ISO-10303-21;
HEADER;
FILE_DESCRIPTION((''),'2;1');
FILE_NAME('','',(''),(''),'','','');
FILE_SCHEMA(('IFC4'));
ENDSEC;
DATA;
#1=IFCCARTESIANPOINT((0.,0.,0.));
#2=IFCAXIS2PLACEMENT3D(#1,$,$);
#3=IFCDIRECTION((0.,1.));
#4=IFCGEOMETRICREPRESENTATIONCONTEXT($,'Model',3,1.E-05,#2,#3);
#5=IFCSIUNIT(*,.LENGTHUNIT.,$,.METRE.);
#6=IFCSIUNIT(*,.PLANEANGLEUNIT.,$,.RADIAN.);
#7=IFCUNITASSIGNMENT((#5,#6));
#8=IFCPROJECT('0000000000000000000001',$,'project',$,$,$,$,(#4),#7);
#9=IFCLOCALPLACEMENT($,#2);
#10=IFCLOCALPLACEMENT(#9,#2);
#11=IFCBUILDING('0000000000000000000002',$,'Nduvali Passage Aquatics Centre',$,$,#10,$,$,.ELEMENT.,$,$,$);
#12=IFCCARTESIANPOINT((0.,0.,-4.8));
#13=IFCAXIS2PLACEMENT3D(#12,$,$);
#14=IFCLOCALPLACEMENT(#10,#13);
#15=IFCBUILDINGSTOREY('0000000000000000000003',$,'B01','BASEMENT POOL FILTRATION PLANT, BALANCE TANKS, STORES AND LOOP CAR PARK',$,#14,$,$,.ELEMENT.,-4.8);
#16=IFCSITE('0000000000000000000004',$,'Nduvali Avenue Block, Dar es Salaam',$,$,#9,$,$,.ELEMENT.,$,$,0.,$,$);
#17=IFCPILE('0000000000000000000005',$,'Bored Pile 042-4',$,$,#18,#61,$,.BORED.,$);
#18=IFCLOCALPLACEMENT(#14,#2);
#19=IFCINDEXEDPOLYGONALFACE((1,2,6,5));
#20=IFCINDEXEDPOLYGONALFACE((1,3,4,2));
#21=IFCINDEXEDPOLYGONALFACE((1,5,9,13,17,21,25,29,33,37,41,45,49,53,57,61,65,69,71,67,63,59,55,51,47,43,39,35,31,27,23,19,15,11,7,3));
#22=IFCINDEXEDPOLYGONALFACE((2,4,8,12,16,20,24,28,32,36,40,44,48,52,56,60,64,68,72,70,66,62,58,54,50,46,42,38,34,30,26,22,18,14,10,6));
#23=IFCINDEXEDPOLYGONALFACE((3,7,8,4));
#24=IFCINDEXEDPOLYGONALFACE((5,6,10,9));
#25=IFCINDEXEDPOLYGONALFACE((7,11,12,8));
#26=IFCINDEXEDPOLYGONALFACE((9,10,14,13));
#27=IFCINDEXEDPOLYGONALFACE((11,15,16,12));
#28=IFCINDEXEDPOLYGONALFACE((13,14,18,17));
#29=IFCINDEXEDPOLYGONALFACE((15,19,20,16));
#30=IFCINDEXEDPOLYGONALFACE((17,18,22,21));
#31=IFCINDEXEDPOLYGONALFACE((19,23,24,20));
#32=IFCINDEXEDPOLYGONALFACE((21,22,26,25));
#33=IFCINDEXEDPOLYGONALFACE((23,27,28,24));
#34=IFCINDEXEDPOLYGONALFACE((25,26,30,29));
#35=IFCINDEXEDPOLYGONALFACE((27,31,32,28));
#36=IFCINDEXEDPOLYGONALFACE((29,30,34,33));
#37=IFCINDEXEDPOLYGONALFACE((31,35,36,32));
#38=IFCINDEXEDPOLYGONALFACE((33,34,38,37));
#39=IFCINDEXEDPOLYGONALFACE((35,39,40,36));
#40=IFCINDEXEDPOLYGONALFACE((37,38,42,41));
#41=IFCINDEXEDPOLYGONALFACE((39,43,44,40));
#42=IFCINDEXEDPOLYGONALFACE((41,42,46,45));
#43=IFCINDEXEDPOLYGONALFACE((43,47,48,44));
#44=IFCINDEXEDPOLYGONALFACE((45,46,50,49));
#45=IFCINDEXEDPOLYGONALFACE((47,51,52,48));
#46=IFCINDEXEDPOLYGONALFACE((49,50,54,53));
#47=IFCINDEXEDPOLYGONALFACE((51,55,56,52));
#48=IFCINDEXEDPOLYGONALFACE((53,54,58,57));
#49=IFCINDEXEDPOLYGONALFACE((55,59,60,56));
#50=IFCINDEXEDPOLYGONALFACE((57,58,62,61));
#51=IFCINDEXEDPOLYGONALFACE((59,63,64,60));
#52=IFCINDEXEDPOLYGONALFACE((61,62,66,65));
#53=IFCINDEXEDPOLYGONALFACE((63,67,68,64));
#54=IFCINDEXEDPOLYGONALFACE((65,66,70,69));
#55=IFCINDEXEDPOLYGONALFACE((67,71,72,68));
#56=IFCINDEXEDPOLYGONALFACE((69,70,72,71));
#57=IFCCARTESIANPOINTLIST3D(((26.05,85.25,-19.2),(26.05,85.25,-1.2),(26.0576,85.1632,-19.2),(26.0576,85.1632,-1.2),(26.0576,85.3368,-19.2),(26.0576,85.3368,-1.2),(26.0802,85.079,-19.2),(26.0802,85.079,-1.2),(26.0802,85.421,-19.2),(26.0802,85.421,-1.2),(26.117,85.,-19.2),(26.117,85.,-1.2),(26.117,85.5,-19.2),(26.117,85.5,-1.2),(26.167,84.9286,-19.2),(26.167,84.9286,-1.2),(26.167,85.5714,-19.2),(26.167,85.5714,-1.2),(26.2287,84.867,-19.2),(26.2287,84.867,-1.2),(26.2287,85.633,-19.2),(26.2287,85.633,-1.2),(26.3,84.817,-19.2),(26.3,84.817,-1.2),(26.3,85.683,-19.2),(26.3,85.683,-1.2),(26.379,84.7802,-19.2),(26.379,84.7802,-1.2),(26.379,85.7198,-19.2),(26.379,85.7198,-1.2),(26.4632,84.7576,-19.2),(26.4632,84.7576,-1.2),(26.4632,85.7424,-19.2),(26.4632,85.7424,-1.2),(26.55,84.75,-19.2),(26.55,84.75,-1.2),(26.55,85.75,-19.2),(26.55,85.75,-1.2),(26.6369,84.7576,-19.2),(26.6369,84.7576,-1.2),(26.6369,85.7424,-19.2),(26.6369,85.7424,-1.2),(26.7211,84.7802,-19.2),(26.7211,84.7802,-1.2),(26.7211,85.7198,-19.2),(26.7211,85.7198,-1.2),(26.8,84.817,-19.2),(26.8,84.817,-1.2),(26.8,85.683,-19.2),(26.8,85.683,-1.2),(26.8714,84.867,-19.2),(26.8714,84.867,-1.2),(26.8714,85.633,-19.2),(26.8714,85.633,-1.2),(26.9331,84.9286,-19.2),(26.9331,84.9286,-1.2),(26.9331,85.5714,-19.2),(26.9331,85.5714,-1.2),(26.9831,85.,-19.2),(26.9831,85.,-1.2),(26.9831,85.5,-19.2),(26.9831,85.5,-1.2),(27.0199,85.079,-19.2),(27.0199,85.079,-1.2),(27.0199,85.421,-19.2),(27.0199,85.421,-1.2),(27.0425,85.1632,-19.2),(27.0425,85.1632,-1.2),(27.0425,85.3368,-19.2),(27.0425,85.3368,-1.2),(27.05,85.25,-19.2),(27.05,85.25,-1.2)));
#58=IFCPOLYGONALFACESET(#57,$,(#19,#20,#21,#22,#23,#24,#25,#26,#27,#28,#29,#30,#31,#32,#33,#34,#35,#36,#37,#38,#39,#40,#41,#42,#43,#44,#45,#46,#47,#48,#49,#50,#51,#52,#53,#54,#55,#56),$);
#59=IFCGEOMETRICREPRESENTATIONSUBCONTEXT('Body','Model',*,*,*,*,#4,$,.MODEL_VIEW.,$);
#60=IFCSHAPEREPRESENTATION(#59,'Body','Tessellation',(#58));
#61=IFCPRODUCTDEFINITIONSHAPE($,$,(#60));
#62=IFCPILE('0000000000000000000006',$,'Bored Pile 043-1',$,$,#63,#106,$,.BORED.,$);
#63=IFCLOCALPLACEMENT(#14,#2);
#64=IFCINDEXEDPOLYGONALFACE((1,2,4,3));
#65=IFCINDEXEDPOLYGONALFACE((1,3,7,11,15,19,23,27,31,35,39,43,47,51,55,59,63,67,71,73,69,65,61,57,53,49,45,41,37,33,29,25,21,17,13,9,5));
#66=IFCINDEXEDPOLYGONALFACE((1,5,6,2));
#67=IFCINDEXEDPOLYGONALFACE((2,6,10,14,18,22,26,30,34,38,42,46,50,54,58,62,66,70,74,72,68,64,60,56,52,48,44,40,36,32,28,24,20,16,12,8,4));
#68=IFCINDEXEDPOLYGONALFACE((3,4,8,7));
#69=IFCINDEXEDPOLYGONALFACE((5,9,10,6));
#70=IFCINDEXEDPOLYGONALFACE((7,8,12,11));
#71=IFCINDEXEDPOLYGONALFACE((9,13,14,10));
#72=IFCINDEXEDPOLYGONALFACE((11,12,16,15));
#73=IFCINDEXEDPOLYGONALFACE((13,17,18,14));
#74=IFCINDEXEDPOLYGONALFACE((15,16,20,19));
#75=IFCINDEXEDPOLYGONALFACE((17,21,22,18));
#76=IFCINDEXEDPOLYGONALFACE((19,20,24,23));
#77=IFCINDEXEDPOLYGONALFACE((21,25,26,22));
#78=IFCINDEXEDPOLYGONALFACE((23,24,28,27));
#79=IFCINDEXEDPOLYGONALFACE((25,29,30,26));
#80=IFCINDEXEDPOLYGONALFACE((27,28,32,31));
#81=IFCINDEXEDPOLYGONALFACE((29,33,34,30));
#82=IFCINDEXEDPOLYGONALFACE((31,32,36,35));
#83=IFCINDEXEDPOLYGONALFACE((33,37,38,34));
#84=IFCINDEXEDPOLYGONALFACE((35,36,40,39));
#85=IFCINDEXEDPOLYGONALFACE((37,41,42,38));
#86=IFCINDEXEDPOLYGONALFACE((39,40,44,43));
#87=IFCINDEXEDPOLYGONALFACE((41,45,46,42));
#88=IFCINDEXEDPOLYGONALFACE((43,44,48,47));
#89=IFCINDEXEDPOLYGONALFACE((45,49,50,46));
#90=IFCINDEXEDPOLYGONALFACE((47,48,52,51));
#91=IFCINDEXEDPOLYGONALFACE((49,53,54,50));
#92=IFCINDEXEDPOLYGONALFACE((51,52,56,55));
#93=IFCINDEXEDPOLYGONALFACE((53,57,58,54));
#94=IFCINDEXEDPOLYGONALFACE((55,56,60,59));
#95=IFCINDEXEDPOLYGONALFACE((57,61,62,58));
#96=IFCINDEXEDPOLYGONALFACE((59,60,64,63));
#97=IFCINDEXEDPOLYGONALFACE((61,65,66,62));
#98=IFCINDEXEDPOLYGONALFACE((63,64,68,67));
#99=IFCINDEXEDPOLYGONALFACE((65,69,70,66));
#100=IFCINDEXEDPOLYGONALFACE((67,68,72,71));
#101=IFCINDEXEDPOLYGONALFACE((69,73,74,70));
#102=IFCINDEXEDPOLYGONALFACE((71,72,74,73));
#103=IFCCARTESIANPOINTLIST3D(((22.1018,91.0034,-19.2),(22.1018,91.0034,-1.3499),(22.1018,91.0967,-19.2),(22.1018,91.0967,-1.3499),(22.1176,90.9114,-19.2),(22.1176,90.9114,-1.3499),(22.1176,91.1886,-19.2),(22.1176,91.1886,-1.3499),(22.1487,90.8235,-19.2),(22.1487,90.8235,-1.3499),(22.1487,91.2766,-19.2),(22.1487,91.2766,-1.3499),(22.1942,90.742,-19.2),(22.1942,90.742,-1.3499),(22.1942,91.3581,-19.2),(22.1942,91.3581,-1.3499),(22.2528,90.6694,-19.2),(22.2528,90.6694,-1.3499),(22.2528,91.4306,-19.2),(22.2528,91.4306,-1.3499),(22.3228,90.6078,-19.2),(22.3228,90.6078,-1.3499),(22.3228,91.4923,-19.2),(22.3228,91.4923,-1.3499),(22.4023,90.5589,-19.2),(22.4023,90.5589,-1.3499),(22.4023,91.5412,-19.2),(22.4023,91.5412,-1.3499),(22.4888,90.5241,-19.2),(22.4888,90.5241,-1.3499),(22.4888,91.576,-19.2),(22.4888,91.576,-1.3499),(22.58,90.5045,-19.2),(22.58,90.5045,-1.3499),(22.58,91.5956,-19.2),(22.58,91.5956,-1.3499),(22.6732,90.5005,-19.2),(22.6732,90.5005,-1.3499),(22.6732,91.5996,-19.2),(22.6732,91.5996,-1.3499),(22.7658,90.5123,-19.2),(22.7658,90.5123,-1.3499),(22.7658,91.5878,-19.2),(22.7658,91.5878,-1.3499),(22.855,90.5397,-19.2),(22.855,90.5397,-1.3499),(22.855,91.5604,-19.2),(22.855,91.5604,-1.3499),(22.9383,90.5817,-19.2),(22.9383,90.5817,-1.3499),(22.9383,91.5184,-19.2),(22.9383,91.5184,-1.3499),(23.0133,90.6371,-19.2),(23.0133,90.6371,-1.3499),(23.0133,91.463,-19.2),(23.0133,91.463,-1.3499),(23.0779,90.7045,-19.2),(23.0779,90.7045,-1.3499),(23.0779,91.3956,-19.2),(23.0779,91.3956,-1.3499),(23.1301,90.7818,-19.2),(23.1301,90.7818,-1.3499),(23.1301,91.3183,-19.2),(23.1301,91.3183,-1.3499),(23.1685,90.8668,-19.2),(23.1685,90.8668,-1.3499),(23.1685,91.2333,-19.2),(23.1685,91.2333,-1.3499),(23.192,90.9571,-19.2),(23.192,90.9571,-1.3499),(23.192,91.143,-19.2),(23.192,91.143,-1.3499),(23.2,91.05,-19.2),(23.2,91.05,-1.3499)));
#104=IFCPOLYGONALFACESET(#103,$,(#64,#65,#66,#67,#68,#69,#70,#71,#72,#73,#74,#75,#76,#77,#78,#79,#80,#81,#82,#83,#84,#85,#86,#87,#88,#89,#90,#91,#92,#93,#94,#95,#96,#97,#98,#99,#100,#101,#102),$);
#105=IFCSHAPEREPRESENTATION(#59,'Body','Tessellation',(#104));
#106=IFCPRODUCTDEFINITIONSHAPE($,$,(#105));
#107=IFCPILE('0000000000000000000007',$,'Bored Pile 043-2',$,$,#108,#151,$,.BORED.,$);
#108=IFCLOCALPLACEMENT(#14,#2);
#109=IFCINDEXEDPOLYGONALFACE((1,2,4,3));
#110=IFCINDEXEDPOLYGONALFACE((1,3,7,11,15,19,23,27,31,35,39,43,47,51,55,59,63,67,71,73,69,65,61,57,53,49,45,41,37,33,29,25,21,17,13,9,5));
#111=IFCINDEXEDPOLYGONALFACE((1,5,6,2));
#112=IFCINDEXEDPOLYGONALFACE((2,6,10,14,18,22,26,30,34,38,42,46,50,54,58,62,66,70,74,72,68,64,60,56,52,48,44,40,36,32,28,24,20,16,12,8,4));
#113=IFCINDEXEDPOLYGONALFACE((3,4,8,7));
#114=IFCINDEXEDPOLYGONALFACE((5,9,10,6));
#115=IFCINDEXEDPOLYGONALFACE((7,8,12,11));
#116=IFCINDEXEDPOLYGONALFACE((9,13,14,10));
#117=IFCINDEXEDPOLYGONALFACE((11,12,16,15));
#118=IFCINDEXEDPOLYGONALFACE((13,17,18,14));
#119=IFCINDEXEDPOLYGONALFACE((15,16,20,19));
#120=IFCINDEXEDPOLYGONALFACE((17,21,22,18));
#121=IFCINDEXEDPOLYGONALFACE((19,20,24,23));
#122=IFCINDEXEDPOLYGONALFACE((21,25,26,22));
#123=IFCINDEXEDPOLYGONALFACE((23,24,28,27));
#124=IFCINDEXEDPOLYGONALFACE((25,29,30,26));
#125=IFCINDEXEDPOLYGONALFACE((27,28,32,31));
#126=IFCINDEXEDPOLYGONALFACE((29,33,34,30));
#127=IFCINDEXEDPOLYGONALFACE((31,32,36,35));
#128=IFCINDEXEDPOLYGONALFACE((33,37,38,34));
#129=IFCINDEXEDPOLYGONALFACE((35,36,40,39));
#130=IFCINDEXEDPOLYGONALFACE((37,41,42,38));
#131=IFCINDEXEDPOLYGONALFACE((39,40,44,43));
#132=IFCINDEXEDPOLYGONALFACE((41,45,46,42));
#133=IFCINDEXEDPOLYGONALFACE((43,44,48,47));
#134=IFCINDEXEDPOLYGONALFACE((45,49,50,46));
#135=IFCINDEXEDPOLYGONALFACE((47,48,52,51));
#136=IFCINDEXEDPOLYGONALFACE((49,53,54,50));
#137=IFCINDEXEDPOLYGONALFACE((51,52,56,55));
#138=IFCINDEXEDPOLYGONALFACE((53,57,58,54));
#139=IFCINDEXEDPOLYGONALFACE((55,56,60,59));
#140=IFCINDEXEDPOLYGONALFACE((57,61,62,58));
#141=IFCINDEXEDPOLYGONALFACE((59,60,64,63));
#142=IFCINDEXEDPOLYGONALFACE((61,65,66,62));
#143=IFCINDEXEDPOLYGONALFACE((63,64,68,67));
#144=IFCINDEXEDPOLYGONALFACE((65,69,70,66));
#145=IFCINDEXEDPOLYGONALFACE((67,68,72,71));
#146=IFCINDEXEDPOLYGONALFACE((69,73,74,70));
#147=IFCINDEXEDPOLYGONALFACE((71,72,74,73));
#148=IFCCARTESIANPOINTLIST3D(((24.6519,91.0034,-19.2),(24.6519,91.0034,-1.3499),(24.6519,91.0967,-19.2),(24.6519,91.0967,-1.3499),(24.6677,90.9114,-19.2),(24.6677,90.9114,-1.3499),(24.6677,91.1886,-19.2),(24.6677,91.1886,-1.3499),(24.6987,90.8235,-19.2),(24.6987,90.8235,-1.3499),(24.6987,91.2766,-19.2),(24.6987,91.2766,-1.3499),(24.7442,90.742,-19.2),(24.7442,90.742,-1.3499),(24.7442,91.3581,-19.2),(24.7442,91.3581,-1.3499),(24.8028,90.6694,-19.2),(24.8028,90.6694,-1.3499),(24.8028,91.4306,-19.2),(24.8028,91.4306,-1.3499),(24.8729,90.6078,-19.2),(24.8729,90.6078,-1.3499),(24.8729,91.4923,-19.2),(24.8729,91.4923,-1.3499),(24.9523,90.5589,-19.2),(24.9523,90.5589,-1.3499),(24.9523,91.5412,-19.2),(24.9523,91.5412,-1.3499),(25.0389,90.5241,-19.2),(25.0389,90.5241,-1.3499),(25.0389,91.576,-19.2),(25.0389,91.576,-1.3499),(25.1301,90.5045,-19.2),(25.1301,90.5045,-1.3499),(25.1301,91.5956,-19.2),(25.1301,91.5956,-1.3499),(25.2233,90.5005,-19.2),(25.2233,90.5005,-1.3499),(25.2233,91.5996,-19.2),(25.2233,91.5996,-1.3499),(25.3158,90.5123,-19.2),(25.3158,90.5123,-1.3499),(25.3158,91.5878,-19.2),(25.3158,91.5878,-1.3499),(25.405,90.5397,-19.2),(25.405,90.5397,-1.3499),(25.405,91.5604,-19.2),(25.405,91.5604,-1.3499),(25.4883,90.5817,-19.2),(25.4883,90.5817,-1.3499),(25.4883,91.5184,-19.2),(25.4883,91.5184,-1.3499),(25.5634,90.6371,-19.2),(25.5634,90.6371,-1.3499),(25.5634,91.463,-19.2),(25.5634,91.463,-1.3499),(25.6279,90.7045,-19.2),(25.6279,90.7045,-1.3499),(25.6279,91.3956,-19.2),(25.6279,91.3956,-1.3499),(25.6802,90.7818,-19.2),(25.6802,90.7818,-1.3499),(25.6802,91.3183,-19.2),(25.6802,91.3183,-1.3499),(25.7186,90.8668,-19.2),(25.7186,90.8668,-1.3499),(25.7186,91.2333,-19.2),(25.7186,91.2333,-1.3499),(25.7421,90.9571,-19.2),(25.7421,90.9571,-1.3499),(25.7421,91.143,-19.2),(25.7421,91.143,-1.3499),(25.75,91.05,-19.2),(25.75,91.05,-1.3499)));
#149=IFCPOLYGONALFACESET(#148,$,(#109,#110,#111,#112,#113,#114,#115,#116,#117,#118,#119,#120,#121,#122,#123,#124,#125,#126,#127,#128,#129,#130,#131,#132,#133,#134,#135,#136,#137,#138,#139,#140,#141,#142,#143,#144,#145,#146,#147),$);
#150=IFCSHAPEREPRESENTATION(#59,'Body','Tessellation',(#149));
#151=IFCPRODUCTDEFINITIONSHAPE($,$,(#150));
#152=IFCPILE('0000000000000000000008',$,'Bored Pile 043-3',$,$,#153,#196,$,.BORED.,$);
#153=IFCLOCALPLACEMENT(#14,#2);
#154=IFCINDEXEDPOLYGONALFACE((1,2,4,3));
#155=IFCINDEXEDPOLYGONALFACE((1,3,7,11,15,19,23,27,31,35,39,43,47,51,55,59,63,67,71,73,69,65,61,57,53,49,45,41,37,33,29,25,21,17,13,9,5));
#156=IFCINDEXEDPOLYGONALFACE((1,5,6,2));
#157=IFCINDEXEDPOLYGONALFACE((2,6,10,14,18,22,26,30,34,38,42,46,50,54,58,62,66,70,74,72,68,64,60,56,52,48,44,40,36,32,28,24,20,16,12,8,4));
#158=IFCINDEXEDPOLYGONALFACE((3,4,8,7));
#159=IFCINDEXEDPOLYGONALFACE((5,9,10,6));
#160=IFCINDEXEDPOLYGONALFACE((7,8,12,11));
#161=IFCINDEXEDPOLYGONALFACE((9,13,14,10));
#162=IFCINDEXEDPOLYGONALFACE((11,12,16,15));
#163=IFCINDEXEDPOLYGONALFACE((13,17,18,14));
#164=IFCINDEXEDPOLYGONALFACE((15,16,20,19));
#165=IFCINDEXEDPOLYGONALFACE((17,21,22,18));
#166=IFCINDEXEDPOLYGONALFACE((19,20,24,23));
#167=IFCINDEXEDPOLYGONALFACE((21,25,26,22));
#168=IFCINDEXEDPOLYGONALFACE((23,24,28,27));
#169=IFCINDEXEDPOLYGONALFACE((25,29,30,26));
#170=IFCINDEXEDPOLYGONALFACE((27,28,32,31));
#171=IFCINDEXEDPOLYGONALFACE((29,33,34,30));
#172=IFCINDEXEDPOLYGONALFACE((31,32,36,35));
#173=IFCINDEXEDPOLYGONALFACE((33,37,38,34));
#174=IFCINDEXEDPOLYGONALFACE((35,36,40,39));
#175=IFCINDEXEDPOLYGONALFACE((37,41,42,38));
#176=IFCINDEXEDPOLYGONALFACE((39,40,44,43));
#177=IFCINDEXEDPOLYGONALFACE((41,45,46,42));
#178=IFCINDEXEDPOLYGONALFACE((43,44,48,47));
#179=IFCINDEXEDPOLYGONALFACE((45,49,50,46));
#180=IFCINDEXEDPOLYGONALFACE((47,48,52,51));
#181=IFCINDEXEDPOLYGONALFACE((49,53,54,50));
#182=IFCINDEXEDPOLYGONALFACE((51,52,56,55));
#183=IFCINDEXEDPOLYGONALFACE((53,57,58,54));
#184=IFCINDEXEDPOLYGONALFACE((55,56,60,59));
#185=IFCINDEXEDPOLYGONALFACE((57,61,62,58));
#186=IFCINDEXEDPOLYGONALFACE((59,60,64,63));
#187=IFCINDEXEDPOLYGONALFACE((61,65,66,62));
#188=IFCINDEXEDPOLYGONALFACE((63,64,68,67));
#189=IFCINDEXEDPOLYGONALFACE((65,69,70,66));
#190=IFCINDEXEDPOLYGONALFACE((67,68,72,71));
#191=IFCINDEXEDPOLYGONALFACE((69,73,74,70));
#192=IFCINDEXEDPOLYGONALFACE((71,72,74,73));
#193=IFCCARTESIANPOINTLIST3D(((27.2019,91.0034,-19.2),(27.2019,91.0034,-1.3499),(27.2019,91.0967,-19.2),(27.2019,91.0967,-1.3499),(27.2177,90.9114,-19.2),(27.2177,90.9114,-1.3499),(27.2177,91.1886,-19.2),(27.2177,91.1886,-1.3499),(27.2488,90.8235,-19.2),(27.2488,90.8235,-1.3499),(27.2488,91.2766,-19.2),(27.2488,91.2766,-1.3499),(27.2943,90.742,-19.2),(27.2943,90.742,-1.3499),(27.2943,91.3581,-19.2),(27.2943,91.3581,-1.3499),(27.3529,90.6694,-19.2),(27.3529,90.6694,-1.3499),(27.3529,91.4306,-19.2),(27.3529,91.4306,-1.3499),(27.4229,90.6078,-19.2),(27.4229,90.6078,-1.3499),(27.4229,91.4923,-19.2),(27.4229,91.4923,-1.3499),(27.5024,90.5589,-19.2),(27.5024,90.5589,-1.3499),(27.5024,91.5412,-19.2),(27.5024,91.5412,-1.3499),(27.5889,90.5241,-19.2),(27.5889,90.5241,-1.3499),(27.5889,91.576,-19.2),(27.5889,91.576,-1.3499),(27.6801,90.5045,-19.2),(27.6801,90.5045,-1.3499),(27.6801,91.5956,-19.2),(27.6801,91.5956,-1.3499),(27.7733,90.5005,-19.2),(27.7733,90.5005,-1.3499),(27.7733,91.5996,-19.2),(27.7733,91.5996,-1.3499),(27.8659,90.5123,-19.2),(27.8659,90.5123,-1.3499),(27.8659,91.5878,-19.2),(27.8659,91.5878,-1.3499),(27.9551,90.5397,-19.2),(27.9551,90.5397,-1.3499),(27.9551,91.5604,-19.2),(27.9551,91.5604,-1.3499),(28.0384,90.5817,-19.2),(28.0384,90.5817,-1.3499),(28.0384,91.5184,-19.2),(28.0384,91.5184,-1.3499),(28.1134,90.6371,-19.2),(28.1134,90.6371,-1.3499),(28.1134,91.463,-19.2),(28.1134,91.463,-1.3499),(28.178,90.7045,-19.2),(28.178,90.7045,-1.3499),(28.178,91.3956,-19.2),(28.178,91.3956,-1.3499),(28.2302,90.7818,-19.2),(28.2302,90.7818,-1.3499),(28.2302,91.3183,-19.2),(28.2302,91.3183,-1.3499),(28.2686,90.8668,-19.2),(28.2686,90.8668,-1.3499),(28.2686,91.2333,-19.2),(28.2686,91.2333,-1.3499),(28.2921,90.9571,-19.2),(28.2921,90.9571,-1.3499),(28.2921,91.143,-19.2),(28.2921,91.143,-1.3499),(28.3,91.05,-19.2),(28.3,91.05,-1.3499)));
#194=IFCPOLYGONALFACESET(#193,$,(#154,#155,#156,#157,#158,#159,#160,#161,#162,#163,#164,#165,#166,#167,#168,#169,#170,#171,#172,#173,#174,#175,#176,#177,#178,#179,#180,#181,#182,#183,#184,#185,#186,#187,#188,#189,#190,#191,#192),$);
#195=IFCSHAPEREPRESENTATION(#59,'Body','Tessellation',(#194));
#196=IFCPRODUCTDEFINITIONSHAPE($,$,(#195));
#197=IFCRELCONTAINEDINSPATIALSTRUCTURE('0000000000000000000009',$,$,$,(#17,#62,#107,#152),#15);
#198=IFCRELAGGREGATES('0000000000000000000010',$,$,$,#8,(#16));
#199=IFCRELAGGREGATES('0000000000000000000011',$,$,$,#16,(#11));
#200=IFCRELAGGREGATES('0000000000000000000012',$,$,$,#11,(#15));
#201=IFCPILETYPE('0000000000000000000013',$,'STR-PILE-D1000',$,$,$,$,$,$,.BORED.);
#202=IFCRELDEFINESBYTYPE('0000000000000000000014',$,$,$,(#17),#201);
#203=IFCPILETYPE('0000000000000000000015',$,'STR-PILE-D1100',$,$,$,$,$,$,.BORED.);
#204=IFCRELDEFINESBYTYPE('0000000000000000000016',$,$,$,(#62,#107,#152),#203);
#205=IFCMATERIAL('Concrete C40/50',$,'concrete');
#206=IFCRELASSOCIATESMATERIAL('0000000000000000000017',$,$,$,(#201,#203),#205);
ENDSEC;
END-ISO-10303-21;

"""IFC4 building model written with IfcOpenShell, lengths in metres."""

from ifc_helpers import new_model, si_unit, direction, frame, origin, origin_2d, place, context, subcontext, project, spatial, circle, extrude, material, material_profile, profile_set, type_object, element, save


model = new_model("IFC4")

# Units and contexts
model_context = context("Model", 3, precision=1e-05, world=origin(), true_north=direction((0.0, 1.0)))
body_context = subcontext(model_context, "Body", "Model", "MODEL_VIEW")
ifc_project = project(units=[si_unit("LENGTHUNIT", "METRE"), si_unit("PLANEANGLEUNIT", "RADIAN")], contexts=[model_context])

# Site, building, storey
site_placement = place(None, origin())
site = spatial("IfcSite", under=ifc_project, at=site_placement, Name="Nduvali Avenue Block, Dar es Salaam", CompositionType="ELEMENT", RefElevation=0.0)
building_placement = place(site_placement, origin())
building = spatial("IfcBuilding", under=site, at=building_placement, Name="Nduvali Passage Aquatics Centre", CompositionType="ELEMENT")
storey_placement = place(building_placement, frame((0.0, 0.0, -4.8)))
storey = spatial("IfcBuildingStorey", under=building, at=storey_placement, Name="B01", Description="BASEMENT POOL FILTRATION PLANT, BALANCE TANKS, STORES AND LOOP CAR PARK", CompositionType="ELEMENT", Elevation=-4.8)

# Shared definitions
ifc_material_1 = material(Name="Concrete C40/50", Category="concrete")

# Piles
ifc_material_profile_1 = material_profile(ifc_material_1, circle(Radius=0.5, at=origin_2d()), Name="PILE D1000")
ifc_profile_set_1 = profile_set([ifc_material_profile_1], Name="Concrete C40/50")
pile_type_1 = type_object("IfcPileType", Name="STR-PILE-D1000", PredefinedType="BORED", material=ifc_profile_set_1)
for number, where, z_axis, x_axis, name in (
    (1, (26.55, 85.25, -1.2), (0.0, 0.0, -1.0), (1.0, 0.0, 0.0), "Bored Pile 042-4"),
):
    element("IfcPile", number, at=place(storey_placement, frame(where, z_axis=z_axis, x_axis=x_axis)), inside=storey, type_object=pile_type_1, Name=name, PredefinedType="BORED", context=body_context, shape_type="SweptSolid", body=[
        extrude(circle(Radius=0.5, at=origin_2d()), origin(), (0.0, 0.0, 1.0), 18.0),
    ])
ifc_material_profile_2 = material_profile(ifc_material_1, circle(Radius=0.55, at=origin_2d()), Name="PILE D1100")
ifc_profile_set_2 = profile_set([ifc_material_profile_2], Name="Concrete C40/50")
pile_type_2 = type_object("IfcPileType", Name="STR-PILE-D1100", PredefinedType="BORED", material=ifc_profile_set_2)
for number, where, z_axis, x_axis, name in (
    (2, (22.6499, 91.05, -1.3499), (0.0, 0.0, -1.0), (1.0, 0.0, 0.0), "Bored Pile 043-1"),
    (3, (25.2, 91.05, -1.3499), (0.0, 0.0, -1.0), (1.0, 0.0, 0.0), "Bored Pile 043-2"),
    (4, (27.75, 91.05, -1.3499), (0.0, 0.0, -1.0), (1.0, 0.0, 0.0), "Bored Pile 043-3"),
):
    element("IfcPile", number, at=place(storey_placement, frame(where, z_axis=z_axis, x_axis=x_axis)), inside=storey, type_object=pile_type_2, Name=name, PredefinedType="BORED", context=body_context, shape_type="SweptSolid", body=[
        extrude(circle(Radius=0.55, at=origin_2d()), origin(), (0.0, 0.0, 1.0), 17.8501),
    ])

save(model, "model.ifc")
